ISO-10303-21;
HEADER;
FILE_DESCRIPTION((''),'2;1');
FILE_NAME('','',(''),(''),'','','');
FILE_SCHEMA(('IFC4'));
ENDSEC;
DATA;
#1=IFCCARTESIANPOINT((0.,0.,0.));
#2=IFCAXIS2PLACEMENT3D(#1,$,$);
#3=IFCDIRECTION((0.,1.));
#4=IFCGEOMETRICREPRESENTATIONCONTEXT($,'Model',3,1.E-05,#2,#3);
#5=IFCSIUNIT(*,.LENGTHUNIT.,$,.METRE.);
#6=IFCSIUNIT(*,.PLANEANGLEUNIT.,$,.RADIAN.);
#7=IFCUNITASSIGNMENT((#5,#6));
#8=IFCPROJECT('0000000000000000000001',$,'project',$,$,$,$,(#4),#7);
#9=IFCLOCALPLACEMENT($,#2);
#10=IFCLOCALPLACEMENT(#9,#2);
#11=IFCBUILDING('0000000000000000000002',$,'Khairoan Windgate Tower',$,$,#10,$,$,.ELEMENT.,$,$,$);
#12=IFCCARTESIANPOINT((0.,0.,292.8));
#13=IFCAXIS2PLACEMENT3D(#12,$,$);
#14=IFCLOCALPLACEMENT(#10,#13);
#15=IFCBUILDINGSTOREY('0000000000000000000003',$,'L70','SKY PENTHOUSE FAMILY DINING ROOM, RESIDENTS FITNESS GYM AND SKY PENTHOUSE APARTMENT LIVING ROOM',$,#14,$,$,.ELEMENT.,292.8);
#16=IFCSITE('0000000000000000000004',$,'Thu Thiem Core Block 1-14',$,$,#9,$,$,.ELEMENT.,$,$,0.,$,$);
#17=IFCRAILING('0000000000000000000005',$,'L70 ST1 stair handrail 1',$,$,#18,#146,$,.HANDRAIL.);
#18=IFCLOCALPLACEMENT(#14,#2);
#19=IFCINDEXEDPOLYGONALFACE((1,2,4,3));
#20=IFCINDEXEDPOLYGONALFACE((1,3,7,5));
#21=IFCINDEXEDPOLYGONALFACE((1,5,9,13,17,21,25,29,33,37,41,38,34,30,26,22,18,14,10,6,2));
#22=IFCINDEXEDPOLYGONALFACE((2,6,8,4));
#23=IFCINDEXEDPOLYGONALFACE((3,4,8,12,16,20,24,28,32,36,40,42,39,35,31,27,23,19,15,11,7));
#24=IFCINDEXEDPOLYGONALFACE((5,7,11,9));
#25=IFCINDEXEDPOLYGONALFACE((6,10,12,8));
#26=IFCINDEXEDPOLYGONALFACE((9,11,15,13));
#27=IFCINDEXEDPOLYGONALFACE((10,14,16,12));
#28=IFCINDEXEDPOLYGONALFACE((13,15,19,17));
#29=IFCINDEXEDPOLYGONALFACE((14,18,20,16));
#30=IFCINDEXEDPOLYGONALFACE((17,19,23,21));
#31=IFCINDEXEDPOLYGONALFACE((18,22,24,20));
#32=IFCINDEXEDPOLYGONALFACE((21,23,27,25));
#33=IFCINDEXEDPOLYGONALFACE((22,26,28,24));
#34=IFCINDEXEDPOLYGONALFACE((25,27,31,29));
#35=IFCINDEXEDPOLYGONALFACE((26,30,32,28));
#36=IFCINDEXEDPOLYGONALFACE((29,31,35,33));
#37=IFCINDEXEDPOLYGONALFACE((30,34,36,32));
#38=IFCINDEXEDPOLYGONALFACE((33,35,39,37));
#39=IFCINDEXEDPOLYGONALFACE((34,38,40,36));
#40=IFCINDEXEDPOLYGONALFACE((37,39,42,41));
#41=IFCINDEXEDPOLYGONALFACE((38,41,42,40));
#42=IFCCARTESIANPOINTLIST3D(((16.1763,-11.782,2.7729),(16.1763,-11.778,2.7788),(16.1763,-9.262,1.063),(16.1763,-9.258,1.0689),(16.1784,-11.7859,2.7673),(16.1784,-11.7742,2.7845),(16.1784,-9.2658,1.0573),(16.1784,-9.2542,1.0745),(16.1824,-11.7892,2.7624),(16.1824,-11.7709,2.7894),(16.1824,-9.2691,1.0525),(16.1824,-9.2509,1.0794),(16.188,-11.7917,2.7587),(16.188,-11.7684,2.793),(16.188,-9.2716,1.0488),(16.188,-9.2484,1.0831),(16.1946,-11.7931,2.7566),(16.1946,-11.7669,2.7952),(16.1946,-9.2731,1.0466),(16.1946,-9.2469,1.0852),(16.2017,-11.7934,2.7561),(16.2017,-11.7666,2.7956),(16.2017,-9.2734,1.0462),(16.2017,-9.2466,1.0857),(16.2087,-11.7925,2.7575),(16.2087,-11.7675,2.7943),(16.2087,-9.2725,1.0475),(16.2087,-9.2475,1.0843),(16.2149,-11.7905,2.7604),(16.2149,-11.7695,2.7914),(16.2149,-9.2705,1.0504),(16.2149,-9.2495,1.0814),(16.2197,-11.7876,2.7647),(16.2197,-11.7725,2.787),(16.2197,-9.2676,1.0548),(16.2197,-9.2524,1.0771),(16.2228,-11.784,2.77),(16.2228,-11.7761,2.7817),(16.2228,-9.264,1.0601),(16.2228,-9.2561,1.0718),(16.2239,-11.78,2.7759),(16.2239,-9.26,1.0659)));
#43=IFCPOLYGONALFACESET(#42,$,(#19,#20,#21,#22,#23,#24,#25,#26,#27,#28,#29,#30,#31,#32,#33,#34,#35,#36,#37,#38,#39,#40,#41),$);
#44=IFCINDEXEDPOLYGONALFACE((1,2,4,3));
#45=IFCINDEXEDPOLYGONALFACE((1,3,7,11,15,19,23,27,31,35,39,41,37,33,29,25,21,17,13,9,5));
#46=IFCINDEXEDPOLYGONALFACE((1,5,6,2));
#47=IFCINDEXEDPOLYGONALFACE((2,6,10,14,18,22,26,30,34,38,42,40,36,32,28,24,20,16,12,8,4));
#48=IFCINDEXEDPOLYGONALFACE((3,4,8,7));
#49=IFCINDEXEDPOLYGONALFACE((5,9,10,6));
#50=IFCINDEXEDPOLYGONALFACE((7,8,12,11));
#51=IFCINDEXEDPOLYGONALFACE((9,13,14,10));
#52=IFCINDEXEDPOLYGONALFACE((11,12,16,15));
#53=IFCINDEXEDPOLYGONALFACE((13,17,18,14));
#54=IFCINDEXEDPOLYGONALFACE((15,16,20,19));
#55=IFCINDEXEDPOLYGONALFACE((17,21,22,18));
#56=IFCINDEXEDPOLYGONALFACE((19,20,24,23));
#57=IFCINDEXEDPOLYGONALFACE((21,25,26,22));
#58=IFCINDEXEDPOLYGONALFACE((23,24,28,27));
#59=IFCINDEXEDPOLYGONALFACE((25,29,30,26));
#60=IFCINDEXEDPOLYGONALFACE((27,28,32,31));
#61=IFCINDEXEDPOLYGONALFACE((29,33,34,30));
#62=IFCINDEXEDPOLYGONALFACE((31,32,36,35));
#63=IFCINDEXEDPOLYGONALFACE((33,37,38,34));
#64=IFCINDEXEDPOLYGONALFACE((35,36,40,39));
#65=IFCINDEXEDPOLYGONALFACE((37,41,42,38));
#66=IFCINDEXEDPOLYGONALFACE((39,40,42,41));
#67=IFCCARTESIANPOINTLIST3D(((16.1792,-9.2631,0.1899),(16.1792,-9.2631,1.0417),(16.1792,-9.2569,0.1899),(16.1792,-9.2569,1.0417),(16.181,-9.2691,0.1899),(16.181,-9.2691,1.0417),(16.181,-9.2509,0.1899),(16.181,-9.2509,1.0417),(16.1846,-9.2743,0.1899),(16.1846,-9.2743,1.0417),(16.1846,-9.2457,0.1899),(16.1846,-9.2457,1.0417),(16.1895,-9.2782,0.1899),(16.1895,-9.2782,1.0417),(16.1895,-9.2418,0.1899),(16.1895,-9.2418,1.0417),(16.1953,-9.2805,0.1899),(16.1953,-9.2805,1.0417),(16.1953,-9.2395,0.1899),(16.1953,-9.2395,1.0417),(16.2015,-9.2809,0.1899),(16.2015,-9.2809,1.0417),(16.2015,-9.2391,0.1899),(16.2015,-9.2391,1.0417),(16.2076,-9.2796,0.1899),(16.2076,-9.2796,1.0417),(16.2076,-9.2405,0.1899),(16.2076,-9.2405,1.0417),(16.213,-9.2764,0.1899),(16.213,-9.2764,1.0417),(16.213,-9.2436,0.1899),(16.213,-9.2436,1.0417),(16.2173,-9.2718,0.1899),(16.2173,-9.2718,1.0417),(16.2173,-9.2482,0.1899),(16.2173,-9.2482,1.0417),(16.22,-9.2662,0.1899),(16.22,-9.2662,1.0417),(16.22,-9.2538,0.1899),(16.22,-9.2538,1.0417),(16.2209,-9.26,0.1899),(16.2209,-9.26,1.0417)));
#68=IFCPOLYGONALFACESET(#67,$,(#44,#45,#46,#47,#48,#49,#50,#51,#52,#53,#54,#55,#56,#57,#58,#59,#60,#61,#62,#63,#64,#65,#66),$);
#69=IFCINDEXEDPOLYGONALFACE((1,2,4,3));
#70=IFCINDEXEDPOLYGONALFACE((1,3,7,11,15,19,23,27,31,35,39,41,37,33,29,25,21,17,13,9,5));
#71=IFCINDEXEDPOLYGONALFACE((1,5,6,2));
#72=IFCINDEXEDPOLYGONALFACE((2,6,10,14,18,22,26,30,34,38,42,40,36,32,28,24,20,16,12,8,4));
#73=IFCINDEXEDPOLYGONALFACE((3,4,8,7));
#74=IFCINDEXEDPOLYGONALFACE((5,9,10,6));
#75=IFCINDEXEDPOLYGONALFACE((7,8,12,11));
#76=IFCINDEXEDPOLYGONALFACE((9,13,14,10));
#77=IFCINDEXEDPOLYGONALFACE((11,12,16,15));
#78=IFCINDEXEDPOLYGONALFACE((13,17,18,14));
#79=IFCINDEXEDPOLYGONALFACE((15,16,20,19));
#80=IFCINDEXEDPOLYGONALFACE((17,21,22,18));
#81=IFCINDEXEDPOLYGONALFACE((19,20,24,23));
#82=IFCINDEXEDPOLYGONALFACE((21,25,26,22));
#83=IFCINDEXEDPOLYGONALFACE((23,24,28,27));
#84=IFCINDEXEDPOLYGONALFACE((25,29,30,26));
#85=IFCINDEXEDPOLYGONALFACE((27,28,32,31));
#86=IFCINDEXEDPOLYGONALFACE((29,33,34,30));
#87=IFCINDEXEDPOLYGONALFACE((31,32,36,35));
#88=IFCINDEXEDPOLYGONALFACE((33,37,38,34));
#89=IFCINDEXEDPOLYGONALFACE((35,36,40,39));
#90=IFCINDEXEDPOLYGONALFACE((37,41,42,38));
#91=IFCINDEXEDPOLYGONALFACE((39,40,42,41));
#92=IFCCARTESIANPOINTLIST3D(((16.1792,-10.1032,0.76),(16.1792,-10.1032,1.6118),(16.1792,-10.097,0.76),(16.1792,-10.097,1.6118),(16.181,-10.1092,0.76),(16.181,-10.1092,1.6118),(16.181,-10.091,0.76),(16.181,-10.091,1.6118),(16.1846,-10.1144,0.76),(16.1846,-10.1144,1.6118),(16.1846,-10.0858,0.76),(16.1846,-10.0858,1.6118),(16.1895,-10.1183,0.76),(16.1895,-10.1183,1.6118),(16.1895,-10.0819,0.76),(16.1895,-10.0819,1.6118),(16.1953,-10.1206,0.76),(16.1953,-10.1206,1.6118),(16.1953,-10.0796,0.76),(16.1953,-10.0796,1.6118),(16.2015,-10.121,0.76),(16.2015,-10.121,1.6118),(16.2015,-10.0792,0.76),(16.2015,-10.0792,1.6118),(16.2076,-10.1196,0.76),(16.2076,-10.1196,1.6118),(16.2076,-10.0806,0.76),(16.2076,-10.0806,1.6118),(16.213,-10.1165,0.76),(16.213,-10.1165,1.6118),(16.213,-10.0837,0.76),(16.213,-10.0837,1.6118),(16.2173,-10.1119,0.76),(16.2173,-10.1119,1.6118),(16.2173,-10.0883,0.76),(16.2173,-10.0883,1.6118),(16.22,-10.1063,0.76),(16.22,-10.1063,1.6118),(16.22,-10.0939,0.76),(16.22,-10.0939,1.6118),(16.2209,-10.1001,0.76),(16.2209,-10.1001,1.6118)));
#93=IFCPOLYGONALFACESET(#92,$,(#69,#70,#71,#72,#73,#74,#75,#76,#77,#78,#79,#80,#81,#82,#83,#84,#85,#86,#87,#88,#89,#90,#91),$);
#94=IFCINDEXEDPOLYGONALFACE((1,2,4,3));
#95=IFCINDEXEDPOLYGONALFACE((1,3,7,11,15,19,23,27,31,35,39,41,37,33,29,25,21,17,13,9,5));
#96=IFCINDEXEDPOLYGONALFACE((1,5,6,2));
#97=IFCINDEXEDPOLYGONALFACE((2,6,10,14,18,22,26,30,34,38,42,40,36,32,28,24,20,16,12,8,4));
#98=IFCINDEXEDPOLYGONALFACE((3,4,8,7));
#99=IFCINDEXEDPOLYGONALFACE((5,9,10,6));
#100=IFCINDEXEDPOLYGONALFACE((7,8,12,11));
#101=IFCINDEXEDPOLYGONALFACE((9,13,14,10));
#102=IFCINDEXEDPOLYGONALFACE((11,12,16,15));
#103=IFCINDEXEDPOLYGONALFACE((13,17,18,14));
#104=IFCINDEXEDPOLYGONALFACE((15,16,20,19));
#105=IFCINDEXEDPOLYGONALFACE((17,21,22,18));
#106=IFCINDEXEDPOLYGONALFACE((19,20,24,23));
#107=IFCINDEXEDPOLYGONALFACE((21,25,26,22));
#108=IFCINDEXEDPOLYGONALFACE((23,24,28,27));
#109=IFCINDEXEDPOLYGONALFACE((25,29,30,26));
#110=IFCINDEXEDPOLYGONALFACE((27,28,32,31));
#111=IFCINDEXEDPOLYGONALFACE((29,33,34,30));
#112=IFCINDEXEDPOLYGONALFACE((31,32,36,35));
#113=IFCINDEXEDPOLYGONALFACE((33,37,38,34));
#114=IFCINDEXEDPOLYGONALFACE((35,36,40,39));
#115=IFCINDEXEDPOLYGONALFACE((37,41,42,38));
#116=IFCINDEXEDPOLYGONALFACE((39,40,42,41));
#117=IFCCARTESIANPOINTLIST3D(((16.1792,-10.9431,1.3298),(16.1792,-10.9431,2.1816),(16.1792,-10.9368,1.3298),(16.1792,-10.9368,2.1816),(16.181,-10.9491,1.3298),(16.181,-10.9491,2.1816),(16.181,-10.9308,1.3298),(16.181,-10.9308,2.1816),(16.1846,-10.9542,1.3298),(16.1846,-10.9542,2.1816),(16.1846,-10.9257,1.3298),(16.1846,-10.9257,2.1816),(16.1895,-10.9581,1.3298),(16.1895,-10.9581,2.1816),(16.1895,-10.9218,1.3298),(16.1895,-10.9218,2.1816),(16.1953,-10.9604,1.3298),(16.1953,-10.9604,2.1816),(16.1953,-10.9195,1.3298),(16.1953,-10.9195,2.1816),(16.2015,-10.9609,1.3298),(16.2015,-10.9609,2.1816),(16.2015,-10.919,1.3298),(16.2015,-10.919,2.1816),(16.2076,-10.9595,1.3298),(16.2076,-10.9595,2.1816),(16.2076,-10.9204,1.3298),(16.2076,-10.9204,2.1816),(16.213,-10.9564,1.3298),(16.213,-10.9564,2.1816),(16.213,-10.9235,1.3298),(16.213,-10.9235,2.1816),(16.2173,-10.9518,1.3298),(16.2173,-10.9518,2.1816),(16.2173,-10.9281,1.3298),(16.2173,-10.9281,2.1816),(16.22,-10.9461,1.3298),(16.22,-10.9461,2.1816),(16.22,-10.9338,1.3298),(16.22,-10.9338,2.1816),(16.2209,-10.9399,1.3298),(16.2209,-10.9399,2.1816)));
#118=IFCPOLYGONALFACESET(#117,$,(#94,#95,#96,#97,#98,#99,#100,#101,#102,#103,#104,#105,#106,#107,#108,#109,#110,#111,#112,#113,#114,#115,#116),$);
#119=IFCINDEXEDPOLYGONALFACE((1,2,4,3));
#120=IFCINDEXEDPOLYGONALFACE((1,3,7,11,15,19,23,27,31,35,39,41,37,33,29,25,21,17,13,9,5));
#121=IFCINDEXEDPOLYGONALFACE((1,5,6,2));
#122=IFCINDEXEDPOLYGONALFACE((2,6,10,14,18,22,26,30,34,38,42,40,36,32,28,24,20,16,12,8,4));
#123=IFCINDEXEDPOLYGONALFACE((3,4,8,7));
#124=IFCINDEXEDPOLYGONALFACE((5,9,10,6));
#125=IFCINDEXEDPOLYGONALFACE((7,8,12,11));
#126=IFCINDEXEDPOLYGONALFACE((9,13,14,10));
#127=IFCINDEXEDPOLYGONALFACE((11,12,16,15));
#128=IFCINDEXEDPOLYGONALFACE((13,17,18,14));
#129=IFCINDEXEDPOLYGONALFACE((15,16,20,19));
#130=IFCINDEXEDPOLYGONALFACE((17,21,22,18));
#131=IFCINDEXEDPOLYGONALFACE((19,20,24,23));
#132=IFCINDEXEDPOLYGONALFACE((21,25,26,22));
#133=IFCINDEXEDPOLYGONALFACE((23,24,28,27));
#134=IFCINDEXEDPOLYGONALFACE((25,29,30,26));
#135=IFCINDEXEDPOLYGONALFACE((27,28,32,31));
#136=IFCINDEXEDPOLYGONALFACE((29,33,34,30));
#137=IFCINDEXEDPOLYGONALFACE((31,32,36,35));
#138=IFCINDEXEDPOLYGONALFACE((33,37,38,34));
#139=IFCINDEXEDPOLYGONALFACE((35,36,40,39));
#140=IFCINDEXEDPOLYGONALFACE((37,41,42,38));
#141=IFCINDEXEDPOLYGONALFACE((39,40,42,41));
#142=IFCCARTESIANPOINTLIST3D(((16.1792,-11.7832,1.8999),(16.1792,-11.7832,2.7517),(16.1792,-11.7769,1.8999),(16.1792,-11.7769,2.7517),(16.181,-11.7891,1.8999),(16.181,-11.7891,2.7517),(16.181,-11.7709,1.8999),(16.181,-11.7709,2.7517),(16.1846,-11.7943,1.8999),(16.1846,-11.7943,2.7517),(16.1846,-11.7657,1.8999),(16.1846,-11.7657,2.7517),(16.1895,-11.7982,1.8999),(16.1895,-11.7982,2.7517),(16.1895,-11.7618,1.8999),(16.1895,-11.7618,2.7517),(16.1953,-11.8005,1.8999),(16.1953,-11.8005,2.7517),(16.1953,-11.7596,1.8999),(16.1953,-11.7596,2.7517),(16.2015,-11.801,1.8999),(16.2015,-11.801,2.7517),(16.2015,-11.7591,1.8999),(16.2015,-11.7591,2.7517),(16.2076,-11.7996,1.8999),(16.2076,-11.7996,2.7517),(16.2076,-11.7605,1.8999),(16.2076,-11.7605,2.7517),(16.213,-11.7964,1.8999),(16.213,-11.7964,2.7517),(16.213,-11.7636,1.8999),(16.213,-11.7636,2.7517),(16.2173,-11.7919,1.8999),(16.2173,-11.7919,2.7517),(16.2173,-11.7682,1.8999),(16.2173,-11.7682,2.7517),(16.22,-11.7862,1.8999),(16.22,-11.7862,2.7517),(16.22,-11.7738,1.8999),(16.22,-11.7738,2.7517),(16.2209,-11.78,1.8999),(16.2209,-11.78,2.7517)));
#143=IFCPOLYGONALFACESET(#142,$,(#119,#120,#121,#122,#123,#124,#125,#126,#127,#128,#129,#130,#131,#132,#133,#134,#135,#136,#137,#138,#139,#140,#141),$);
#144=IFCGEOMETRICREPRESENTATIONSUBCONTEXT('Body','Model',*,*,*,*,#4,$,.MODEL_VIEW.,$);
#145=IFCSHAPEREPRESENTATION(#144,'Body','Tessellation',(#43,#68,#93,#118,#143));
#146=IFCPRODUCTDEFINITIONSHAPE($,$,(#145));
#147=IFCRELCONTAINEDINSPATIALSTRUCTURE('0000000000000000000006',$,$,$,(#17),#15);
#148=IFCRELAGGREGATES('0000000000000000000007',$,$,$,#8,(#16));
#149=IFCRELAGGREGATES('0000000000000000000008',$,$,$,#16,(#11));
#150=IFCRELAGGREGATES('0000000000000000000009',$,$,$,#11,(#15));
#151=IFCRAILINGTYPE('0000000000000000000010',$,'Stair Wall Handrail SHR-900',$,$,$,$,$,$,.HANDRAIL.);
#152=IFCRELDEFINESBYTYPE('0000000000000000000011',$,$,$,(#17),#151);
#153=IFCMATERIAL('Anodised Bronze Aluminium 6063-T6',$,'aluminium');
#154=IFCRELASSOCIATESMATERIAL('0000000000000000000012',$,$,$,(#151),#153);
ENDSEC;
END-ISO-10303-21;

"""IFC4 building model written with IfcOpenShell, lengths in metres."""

from ifc_helpers import new_model, si_unit, direction, frame, origin, origin_2d, place, context, subcontext, project, spatial, circle, extrude, material, type_object, element, save


model = new_model("IFC4")

# Units and contexts
model_context = context("Model", 3, precision=1e-05, world=origin(), true_north=direction((0.0, 1.0)))
body_context = subcontext(model_context, "Body", "Model", "MODEL_VIEW")
ifc_project = project(units=[si_unit("LENGTHUNIT", "METRE"), si_unit("PLANEANGLEUNIT", "RADIAN")], contexts=[model_context])

# Site, building, storey
site_placement = place(None, origin())
site = spatial("IfcSite", under=ifc_project, at=site_placement, Name="Thu Thiem Core Block 1-14", CompositionType="ELEMENT", RefElevation=0.0)
building_placement = place(site_placement, origin())
building = spatial("IfcBuilding", under=site, at=building_placement, Name="Khairoan Windgate Tower", CompositionType="ELEMENT")
storey_placement = place(building_placement, frame((0.0, 0.0, 292.8)))
storey = spatial("IfcBuildingStorey", under=building, at=storey_placement, Name="L70", Description="SKY PENTHOUSE FAMILY DINING ROOM, RESIDENTS FITNESS GYM AND SKY PENTHOUSE APARTMENT LIVING ROOM", CompositionType="ELEMENT", Elevation=292.8)

# Railing
ifc_material_1 = material(Name="Anodised Bronze Aluminium 6063-T6", Category="aluminium")
railing_type_1 = type_object("IfcRailingType", Name="Stair Wall Handrail SHR-900", PredefinedType="HANDRAIL", material=ifc_material_1)
railing_1_placement = place(storey_placement, frame((16.2, -9.26, 0.1899)))
element("IfcRailing", 1, at=railing_1_placement, inside=storey, type_object=railing_type_1, Name="L70 ST1 stair handrail 1", PredefinedType="HANDRAIL", context=body_context, shape_type="SweptSolid", body=[
    extrude(circle(Radius=0.0239, at=origin_2d()), frame((0.0, 0.0, 0.876), z_axis=(0.0, -0.827484, 0.56149), x_axis=(1.0, 0.0, 0.0)), (0.0, 0.0, 1.0), 3.0454),
    extrude(circle(Radius=0.021, at=origin_2d()), origin(), (0.0, 0.0, 1.0), 0.8518),
    extrude(circle(Radius=0.021, at=origin_2d()), frame((0.0, -0.8401, 0.5701)), (0.0, 0.0, 1.0), 0.8518),
    extrude(circle(Radius=0.021, at=origin_2d()), frame((0.0, -1.6799, 1.1399)), (0.0, 0.0, 1.0), 0.8518),
    extrude(circle(Radius=0.021, at=origin_2d()), frame((0.0, -2.52, 1.71)), (0.0, 0.0, 1.0), 0.8518),
])

save(model, "model.ifc")
